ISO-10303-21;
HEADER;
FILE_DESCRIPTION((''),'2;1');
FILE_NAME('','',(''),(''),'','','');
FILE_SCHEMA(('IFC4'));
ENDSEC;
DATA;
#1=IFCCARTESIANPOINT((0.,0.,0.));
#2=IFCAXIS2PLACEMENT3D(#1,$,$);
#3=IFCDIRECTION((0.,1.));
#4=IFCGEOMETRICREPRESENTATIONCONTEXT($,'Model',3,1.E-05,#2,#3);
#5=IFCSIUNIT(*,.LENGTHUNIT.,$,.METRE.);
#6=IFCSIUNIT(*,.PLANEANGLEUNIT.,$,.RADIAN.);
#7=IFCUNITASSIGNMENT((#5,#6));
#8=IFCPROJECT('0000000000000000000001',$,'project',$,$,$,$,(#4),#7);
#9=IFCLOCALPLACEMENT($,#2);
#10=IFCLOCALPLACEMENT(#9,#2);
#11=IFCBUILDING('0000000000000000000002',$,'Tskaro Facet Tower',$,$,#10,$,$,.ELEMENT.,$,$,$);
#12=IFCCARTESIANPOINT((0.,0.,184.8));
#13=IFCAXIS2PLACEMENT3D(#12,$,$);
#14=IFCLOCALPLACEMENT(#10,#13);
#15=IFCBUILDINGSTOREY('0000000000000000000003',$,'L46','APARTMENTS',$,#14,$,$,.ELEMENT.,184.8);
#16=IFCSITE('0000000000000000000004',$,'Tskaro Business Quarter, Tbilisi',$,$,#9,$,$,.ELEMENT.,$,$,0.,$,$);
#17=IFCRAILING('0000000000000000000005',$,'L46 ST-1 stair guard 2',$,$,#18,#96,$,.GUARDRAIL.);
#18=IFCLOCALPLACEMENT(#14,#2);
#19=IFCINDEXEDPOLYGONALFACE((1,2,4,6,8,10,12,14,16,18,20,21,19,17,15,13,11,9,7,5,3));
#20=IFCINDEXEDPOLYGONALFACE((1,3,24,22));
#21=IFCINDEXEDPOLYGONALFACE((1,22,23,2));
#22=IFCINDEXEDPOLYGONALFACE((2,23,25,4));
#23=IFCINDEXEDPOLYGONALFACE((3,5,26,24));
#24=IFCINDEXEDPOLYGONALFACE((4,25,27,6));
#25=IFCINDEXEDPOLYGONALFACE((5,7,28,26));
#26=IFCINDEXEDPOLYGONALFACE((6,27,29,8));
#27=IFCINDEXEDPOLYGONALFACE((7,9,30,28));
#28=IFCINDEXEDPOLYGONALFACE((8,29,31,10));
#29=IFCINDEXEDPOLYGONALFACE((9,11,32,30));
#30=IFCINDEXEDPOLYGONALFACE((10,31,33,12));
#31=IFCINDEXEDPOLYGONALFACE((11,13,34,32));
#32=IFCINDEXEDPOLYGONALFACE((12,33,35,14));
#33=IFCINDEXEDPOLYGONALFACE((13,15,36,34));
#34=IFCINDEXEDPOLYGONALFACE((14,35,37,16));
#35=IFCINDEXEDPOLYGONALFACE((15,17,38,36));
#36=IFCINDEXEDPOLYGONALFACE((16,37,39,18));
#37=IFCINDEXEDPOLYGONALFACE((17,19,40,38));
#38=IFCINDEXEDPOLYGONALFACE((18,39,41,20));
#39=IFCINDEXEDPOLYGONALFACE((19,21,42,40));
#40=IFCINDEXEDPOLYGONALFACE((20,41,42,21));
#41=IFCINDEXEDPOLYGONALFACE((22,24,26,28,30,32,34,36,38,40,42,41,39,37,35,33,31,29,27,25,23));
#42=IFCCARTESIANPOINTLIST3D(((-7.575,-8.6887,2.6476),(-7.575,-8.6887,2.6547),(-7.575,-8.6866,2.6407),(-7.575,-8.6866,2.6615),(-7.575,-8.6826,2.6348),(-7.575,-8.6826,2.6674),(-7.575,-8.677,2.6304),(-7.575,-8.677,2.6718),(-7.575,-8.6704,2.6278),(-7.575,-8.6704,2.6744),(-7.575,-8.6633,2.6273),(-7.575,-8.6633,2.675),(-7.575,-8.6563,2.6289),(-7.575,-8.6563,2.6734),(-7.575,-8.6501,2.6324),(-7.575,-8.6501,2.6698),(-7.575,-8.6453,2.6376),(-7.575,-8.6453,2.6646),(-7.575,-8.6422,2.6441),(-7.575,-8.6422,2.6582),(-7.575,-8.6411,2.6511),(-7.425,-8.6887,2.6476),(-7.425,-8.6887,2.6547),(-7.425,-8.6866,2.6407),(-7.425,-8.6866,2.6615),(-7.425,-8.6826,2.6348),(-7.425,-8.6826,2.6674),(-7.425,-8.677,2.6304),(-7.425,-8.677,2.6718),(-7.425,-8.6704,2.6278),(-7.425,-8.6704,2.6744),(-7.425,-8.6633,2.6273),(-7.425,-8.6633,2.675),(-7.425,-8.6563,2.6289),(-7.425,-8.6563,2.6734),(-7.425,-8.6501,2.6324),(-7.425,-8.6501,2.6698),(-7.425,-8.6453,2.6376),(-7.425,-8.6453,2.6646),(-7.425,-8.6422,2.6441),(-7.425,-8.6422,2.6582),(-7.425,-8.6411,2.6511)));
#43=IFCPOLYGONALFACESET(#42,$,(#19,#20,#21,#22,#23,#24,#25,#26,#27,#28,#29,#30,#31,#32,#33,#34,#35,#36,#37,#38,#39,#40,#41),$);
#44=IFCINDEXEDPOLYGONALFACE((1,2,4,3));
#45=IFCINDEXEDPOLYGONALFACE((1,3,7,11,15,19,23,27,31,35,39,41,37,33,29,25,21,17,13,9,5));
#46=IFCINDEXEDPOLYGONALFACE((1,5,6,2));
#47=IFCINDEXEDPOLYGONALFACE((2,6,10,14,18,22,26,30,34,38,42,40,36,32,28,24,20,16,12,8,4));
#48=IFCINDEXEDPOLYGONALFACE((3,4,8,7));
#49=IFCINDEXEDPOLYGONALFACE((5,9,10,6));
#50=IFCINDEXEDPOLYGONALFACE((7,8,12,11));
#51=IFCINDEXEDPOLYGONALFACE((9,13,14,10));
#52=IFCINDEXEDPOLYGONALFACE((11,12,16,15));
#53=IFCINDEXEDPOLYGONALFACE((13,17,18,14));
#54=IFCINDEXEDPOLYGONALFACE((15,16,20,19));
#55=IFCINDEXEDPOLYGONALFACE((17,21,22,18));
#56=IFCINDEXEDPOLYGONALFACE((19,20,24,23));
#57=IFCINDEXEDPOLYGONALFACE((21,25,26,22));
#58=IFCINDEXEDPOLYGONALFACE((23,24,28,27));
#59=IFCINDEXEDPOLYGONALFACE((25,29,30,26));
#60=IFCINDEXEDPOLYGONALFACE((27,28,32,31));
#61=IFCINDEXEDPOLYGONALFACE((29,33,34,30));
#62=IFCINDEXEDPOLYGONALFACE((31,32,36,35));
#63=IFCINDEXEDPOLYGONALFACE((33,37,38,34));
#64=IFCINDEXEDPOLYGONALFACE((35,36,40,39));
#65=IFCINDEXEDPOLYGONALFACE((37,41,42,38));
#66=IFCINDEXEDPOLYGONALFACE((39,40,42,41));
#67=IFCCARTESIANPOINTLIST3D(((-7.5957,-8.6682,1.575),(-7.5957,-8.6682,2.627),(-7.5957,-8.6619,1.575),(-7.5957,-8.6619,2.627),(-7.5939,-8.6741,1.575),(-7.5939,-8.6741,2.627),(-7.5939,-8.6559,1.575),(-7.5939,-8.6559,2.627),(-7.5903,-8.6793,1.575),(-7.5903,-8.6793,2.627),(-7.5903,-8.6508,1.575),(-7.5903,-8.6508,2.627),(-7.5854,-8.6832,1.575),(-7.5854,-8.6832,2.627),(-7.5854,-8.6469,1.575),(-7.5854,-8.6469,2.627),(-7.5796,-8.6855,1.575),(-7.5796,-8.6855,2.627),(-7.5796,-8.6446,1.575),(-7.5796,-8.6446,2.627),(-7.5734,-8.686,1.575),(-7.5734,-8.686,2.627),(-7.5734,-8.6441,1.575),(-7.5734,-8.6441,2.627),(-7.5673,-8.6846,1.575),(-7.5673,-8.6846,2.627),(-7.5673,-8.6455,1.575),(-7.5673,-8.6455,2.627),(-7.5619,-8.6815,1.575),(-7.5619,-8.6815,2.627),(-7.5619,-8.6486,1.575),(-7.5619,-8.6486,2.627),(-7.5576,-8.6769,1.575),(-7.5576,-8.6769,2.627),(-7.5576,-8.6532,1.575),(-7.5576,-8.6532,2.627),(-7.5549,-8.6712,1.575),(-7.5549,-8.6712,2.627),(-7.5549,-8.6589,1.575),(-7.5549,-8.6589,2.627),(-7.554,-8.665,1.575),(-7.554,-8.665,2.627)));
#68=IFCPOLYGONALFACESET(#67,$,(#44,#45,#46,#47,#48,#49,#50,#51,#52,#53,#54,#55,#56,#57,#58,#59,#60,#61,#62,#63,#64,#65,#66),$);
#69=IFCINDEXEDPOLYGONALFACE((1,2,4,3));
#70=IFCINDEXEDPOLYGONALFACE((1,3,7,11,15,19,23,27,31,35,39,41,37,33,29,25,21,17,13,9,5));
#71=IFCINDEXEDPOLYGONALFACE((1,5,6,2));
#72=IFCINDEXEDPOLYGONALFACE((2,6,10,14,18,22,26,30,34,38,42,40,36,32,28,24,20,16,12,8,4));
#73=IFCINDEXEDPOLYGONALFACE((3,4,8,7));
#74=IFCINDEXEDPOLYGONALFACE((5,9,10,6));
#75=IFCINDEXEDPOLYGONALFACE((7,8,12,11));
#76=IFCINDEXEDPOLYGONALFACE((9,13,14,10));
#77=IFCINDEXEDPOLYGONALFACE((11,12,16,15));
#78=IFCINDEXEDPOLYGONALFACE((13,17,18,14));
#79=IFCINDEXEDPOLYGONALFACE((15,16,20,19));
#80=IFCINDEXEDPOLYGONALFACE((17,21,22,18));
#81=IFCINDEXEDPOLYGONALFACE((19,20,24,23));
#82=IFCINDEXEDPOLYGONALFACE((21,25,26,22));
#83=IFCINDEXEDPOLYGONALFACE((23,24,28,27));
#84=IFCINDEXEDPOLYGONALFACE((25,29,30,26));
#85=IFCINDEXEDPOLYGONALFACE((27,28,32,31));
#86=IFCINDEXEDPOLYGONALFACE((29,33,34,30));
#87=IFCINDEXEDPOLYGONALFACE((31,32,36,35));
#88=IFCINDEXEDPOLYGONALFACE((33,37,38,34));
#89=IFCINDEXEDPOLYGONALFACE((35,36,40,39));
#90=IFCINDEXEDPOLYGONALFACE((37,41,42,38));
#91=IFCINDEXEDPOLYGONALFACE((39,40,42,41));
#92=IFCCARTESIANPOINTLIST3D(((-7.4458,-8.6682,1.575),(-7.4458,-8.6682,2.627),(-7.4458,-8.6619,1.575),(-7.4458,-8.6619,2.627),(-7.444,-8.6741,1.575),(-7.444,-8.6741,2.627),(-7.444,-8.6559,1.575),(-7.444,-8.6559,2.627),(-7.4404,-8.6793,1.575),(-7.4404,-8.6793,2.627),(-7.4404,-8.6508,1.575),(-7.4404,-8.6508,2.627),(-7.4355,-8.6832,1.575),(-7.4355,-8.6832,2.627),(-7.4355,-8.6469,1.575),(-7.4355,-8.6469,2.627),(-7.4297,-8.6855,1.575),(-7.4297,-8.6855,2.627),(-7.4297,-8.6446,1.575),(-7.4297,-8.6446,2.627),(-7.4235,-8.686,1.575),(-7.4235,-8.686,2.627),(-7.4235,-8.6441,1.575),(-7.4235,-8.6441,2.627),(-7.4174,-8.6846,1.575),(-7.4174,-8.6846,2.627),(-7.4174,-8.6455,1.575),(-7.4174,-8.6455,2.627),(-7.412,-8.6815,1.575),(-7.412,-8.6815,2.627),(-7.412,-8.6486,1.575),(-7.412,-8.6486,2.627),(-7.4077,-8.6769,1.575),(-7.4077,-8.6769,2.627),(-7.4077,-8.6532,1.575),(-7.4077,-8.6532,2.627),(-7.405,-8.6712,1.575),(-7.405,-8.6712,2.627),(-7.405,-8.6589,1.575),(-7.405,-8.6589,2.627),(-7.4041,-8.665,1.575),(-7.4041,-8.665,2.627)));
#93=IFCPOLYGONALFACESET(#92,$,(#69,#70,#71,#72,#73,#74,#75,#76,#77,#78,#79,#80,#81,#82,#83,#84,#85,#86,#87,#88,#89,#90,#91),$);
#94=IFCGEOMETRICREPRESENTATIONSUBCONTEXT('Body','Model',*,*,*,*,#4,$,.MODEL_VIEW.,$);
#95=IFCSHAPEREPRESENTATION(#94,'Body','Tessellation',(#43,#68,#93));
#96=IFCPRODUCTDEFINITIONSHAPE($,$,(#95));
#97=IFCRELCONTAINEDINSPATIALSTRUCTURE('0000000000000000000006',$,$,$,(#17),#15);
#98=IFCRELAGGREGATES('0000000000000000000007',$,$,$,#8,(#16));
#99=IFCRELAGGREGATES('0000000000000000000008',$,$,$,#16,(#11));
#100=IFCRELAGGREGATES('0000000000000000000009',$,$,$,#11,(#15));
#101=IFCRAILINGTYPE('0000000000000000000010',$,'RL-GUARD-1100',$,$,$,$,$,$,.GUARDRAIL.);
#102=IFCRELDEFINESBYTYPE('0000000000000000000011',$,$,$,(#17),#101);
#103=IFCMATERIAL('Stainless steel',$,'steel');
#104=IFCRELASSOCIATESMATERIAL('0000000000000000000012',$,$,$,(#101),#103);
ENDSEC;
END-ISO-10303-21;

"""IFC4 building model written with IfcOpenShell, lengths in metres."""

from ifc_helpers import new_model, si_unit, direction, frame, origin, origin_2d, place, context, subcontext, project, spatial, circle, extrude, material, type_object, element, save


model = new_model("IFC4")

# Units and contexts
model_context = context("Model", 3, precision=1e-05, world=origin(), true_north=direction((0.0, 1.0)))
body_context = subcontext(model_context, "Body", "Model", "MODEL_VIEW")
ifc_project = project(units=[si_unit("LENGTHUNIT", "METRE"), si_unit("PLANEANGLEUNIT", "RADIAN")], contexts=[model_context])

# Site, building, storey
site_placement = place(None, origin())
site = spatial("IfcSite", under=ifc_project, at=site_placement, Name="Tskaro Business Quarter, Tbilisi", CompositionType="ELEMENT", RefElevation=0.0)
building_placement = place(site_placement, origin())
building = spatial("IfcBuilding", under=site, at=building_placement, Name="Tskaro Facet Tower", CompositionType="ELEMENT")
storey_placement = place(building_placement, frame((0.0, 0.0, 184.8)))
storey = spatial("IfcBuildingStorey", under=building, at=storey_placement, Name="L46", Description="APARTMENTS", CompositionType="ELEMENT", Elevation=184.8)

# Shared definitions
ifc_material_1 = material(Name="Stainless steel", Category="steel")

# Railing
railing_type_1 = type_object("IfcRailingType", Name="RL-GUARD-1100", PredefinedType="GUARDRAIL", material=ifc_material_1)
railing_1_placement = place(storey_placement, frame((-7.575, -8.665, 1.575)))
element("IfcRailing", 1, at=railing_1_placement, inside=storey, type_object=railing_type_1, Name="L46 ST-1 stair guard 2", PredefinedType="GUARDRAIL", context=body_context, shape_type="SweptSolid", body=[
    extrude(circle(Radius=0.0239, at=origin_2d()), frame((0.0, 0.0, 1.0762), z_axis=(1.0, 0.0, 0.0), x_axis=(0.0, 1.0, 0.0)), (0.0, 0.0, 1.0), 0.1499),
    extrude(circle(Radius=0.021, at=origin_2d()), origin(), (0.0, 0.0, 1.0), 1.052),
    extrude(circle(Radius=0.021, at=origin_2d()), frame((0.1499, 0.0, 0.0)), (0.0, 0.0, 1.0), 1.052),
])

save(model, "model.ifc")
